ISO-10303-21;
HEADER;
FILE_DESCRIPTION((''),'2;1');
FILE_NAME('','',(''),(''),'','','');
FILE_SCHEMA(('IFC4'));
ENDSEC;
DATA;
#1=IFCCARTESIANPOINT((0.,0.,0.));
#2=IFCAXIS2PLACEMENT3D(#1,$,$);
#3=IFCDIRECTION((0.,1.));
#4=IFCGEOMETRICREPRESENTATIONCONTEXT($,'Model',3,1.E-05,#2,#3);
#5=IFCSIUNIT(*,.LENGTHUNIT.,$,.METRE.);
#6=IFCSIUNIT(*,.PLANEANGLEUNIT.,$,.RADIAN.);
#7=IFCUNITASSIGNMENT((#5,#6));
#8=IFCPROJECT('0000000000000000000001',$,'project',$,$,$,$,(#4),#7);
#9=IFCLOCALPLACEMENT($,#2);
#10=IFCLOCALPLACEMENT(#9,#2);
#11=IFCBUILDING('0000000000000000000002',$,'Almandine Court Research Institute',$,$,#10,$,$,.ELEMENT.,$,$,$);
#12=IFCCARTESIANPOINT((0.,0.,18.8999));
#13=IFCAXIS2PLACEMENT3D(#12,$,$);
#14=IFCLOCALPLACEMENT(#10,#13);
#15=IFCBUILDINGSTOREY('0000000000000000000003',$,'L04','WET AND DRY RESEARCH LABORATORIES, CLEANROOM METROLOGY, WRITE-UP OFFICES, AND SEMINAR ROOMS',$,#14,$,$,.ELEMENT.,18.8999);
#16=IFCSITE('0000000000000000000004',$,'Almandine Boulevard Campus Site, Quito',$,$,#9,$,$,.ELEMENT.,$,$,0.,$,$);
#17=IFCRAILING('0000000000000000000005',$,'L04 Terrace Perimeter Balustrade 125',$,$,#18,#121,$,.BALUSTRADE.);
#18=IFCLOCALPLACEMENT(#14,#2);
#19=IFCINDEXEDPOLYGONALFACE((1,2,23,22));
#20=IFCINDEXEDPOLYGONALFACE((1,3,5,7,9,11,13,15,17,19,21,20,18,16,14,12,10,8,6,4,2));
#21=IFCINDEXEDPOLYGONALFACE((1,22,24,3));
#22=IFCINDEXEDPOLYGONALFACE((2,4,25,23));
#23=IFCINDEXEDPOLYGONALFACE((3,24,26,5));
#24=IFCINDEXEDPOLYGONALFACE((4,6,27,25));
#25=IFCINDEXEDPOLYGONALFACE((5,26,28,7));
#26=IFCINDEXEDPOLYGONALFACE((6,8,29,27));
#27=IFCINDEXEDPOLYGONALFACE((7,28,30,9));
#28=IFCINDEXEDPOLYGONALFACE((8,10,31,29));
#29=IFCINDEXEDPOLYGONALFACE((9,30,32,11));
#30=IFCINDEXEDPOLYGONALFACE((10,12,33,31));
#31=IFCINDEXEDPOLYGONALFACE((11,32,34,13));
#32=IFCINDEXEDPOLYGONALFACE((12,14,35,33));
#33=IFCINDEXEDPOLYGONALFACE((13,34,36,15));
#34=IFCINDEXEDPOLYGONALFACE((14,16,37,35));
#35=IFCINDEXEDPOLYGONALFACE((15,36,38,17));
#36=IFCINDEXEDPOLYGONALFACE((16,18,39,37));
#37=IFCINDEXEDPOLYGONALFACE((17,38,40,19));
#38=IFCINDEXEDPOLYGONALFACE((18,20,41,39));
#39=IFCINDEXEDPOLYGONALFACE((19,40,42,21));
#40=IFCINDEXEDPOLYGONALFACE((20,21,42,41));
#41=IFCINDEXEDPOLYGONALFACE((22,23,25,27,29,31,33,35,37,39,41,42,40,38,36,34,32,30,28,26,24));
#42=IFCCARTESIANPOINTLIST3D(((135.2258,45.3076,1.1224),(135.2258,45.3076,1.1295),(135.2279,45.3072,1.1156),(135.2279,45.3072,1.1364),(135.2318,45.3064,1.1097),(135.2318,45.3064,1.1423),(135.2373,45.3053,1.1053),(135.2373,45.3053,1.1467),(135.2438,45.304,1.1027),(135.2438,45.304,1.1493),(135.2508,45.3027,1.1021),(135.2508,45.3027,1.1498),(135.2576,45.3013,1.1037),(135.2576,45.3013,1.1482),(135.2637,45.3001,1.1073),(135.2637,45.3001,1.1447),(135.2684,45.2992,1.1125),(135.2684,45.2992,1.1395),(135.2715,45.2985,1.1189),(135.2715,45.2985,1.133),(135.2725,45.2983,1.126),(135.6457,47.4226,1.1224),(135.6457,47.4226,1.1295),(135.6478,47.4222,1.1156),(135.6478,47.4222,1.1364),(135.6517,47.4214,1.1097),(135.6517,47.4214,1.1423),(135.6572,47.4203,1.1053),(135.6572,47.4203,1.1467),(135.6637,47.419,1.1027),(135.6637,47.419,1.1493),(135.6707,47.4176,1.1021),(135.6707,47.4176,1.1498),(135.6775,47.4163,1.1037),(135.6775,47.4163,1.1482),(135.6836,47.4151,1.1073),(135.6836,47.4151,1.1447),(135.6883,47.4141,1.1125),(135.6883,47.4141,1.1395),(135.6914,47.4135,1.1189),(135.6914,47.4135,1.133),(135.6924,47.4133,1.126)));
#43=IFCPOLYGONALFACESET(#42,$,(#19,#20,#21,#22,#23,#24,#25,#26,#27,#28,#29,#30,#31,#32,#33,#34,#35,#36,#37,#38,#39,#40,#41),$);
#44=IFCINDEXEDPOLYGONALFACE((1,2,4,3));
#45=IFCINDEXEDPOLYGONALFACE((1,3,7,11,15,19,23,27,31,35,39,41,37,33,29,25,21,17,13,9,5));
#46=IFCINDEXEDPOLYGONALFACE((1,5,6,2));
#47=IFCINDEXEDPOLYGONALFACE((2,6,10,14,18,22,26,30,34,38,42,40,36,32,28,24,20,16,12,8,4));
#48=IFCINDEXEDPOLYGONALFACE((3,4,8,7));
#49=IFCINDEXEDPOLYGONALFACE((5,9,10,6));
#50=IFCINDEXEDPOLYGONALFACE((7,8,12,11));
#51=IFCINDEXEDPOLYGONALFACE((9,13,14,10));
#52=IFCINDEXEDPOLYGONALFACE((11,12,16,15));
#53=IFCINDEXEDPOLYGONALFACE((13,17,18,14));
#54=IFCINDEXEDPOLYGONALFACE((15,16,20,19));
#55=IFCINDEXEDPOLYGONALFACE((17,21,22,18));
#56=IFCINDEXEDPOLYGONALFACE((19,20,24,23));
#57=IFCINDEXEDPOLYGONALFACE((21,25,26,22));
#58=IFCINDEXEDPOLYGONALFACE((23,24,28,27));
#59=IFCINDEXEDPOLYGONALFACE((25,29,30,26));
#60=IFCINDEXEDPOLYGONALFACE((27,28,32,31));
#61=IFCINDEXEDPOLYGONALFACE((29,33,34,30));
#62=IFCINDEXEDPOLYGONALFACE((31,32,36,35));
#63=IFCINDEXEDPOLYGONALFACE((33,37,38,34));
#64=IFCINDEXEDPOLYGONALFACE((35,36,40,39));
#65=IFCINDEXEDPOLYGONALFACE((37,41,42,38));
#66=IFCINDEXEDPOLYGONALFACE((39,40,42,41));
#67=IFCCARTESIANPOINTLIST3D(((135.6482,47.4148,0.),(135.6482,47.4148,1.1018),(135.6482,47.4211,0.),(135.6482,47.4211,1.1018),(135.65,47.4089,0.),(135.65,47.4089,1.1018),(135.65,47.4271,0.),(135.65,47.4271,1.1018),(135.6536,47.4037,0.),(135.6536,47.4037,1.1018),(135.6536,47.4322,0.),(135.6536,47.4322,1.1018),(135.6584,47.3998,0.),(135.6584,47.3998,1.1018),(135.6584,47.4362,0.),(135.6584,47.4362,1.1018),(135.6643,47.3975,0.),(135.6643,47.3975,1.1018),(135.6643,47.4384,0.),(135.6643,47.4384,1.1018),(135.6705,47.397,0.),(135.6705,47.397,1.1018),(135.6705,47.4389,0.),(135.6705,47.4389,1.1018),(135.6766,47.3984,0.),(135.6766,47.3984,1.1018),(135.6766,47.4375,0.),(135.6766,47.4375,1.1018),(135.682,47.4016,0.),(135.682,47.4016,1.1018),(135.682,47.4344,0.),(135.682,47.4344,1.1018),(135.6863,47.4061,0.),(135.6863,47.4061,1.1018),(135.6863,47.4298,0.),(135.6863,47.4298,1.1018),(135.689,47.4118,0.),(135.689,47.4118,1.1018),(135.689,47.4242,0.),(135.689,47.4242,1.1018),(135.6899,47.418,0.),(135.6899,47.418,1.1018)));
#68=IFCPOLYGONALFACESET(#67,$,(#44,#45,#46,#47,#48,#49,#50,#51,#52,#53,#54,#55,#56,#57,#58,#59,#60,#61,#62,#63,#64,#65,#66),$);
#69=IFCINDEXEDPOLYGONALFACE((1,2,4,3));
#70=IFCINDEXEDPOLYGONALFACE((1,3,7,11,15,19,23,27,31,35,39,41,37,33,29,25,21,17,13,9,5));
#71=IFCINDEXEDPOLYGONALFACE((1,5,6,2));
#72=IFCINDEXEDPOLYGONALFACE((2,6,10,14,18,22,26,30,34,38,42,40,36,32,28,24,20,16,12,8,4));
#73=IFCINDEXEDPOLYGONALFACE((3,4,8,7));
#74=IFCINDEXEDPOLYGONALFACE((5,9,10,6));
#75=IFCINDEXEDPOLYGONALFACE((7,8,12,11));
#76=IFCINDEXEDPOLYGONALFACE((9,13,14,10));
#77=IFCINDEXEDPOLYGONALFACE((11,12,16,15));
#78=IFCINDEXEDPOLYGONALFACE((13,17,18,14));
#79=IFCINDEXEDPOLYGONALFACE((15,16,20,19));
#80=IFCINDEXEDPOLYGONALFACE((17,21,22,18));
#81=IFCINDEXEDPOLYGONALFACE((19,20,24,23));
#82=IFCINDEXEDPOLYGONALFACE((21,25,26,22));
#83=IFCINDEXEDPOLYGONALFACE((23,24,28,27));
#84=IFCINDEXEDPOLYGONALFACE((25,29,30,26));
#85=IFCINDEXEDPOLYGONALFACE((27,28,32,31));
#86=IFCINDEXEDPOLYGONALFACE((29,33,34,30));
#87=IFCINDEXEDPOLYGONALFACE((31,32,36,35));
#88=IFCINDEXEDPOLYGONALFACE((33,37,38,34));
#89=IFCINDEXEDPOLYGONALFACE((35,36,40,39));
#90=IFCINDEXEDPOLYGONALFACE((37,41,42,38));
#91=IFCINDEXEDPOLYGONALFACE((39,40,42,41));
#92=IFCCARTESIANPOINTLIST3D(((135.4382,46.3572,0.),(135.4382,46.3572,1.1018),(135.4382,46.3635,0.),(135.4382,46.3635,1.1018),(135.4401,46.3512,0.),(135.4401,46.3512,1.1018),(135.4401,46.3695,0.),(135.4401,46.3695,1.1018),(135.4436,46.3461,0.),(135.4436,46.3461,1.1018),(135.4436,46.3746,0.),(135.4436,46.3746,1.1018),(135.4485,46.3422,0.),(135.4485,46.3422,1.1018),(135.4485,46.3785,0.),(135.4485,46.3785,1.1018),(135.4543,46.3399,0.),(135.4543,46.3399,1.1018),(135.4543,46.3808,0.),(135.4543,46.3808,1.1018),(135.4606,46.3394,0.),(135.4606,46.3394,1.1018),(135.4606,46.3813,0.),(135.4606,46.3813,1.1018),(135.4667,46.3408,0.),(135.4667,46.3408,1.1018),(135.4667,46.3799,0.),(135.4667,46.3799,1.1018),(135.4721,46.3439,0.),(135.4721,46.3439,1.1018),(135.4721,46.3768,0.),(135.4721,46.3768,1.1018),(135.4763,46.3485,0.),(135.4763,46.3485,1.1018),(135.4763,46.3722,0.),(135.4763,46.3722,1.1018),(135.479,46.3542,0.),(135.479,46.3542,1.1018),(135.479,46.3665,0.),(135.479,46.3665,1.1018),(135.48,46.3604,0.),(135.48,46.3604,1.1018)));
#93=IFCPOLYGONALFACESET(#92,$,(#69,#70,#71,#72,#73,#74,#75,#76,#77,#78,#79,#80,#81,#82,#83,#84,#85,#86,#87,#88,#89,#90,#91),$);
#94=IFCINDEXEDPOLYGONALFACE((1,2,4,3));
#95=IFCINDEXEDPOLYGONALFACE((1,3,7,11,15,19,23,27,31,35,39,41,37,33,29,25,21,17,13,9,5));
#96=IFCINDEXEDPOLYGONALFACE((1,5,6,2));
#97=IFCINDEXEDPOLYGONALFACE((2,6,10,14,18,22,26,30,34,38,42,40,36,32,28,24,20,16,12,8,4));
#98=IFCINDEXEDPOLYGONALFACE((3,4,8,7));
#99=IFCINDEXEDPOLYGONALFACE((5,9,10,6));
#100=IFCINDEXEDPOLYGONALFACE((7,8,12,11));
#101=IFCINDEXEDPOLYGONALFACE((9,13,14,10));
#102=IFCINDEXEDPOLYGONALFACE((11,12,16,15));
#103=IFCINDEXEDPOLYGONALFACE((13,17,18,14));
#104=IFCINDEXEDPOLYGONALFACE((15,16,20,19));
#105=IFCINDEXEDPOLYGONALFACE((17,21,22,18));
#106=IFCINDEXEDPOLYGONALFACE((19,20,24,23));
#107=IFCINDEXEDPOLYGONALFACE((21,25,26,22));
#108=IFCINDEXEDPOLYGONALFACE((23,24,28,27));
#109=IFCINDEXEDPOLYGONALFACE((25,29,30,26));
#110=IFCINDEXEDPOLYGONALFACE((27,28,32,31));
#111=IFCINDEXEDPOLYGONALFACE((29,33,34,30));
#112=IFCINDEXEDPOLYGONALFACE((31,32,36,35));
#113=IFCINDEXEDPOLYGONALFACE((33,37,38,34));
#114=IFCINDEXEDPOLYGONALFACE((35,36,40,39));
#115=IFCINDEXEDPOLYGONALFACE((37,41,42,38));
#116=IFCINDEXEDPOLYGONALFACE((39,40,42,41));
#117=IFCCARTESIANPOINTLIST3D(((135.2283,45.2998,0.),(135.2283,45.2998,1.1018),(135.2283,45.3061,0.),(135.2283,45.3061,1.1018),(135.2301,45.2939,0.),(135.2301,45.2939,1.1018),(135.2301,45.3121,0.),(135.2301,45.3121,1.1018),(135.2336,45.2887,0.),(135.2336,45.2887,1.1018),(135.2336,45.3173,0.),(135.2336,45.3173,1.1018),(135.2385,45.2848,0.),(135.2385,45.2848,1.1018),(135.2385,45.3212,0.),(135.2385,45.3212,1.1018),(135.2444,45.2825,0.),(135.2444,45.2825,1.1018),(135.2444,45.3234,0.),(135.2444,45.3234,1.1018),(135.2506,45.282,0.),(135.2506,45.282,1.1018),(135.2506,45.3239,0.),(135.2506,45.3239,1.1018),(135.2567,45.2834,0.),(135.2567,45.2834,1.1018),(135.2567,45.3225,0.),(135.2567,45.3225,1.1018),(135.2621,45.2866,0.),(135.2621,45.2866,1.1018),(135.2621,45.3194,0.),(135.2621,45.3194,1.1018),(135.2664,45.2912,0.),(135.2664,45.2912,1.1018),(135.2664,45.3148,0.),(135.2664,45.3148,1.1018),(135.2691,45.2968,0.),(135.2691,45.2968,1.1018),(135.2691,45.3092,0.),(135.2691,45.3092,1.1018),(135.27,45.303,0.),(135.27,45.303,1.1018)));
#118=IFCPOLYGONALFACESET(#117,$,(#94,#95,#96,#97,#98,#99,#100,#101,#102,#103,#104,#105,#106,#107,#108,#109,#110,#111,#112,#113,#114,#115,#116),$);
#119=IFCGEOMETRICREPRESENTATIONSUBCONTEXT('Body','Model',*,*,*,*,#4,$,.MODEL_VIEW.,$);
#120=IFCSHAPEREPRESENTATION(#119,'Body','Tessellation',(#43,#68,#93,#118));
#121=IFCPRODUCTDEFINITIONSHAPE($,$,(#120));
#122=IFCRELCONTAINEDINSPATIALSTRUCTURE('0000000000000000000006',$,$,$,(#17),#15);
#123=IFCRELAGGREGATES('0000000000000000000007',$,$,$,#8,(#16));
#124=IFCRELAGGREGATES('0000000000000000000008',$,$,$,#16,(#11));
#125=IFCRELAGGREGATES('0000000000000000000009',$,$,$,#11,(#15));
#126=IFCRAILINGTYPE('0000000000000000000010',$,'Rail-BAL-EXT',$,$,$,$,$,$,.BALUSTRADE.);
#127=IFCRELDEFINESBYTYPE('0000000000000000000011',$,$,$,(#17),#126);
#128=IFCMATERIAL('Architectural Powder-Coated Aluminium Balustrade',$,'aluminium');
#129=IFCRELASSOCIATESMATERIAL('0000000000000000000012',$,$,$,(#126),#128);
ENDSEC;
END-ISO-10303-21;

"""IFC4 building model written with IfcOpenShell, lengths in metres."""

from ifc_helpers import new_model, si_unit, direction, frame, origin, origin_2d, place, context, subcontext, project, spatial, circle, extrude, material, type_object, element, save


model = new_model("IFC4")

# Units and contexts
model_context = context("Model", 3, precision=1e-05, world=origin(), true_north=direction((0.0, 1.0)))
body_context = subcontext(model_context, "Body", "Model", "MODEL_VIEW")
ifc_project = project(units=[si_unit("LENGTHUNIT", "METRE"), si_unit("PLANEANGLEUNIT", "RADIAN")], contexts=[model_context])

# Site, building, storey
site_placement = place(None, origin())
site = spatial("IfcSite", under=ifc_project, at=site_placement, Name="Almandine Boulevard Campus Site, Quito", CompositionType="ELEMENT", RefElevation=0.0)
building_placement = place(site_placement, origin())
building = spatial("IfcBuilding", under=site, at=building_placement, Name="Almandine Court Research Institute", CompositionType="ELEMENT")
storey_placement = place(building_placement, frame((0.0, 0.0, 18.8999)))
storey = spatial("IfcBuildingStorey", under=building, at=storey_placement, Name="L04", Description="WET AND DRY RESEARCH LABORATORIES, CLEANROOM METROLOGY, WRITE-UP OFFICES, AND SEMINAR ROOMS", CompositionType="ELEMENT", Elevation=18.8999)

# Railing
ifc_material_1 = material(Name="Architectural Powder-Coated Aluminium Balustrade", Category="aluminium")
railing_type = type_object("IfcRailingType", Name="Rail-BAL-EXT", PredefinedType="BALUSTRADE", material=ifc_material_1)
railing_1_placement = place(storey_placement, frame((135.6689, 47.418, 0.0)))
element("IfcRailing", 1, at=railing_1_placement, inside=storey, type_object=railing_type, Name="L04 Terrace Perimeter Balustrade 125", PredefinedType="BALUSTRADE", context=body_context, shape_type="SweptSolid", body=[
    extrude(circle(Radius=0.0239, at=origin_2d()), frame((0.0, 0.0, 1.126), z_axis=(-0.194744, -0.980854, 0.0), x_axis=(0.980854, -0.194744, 0.0)), (0.0, 0.0, 1.0), 2.1562),
    extrude(circle(Radius=0.021, at=origin_2d()), origin(), (0.0, 0.0, 1.0), 1.1018),
    extrude(circle(Radius=0.021, at=origin_2d()), frame((-0.21, -1.0576, 0.0)), (0.0, 0.0, 1.0), 1.1018),
    extrude(circle(Radius=0.021, at=origin_2d()), frame((-0.4199, -2.115, 0.0)), (0.0, 0.0, 1.0), 1.1018),
])

save(model, "model.ifc")
